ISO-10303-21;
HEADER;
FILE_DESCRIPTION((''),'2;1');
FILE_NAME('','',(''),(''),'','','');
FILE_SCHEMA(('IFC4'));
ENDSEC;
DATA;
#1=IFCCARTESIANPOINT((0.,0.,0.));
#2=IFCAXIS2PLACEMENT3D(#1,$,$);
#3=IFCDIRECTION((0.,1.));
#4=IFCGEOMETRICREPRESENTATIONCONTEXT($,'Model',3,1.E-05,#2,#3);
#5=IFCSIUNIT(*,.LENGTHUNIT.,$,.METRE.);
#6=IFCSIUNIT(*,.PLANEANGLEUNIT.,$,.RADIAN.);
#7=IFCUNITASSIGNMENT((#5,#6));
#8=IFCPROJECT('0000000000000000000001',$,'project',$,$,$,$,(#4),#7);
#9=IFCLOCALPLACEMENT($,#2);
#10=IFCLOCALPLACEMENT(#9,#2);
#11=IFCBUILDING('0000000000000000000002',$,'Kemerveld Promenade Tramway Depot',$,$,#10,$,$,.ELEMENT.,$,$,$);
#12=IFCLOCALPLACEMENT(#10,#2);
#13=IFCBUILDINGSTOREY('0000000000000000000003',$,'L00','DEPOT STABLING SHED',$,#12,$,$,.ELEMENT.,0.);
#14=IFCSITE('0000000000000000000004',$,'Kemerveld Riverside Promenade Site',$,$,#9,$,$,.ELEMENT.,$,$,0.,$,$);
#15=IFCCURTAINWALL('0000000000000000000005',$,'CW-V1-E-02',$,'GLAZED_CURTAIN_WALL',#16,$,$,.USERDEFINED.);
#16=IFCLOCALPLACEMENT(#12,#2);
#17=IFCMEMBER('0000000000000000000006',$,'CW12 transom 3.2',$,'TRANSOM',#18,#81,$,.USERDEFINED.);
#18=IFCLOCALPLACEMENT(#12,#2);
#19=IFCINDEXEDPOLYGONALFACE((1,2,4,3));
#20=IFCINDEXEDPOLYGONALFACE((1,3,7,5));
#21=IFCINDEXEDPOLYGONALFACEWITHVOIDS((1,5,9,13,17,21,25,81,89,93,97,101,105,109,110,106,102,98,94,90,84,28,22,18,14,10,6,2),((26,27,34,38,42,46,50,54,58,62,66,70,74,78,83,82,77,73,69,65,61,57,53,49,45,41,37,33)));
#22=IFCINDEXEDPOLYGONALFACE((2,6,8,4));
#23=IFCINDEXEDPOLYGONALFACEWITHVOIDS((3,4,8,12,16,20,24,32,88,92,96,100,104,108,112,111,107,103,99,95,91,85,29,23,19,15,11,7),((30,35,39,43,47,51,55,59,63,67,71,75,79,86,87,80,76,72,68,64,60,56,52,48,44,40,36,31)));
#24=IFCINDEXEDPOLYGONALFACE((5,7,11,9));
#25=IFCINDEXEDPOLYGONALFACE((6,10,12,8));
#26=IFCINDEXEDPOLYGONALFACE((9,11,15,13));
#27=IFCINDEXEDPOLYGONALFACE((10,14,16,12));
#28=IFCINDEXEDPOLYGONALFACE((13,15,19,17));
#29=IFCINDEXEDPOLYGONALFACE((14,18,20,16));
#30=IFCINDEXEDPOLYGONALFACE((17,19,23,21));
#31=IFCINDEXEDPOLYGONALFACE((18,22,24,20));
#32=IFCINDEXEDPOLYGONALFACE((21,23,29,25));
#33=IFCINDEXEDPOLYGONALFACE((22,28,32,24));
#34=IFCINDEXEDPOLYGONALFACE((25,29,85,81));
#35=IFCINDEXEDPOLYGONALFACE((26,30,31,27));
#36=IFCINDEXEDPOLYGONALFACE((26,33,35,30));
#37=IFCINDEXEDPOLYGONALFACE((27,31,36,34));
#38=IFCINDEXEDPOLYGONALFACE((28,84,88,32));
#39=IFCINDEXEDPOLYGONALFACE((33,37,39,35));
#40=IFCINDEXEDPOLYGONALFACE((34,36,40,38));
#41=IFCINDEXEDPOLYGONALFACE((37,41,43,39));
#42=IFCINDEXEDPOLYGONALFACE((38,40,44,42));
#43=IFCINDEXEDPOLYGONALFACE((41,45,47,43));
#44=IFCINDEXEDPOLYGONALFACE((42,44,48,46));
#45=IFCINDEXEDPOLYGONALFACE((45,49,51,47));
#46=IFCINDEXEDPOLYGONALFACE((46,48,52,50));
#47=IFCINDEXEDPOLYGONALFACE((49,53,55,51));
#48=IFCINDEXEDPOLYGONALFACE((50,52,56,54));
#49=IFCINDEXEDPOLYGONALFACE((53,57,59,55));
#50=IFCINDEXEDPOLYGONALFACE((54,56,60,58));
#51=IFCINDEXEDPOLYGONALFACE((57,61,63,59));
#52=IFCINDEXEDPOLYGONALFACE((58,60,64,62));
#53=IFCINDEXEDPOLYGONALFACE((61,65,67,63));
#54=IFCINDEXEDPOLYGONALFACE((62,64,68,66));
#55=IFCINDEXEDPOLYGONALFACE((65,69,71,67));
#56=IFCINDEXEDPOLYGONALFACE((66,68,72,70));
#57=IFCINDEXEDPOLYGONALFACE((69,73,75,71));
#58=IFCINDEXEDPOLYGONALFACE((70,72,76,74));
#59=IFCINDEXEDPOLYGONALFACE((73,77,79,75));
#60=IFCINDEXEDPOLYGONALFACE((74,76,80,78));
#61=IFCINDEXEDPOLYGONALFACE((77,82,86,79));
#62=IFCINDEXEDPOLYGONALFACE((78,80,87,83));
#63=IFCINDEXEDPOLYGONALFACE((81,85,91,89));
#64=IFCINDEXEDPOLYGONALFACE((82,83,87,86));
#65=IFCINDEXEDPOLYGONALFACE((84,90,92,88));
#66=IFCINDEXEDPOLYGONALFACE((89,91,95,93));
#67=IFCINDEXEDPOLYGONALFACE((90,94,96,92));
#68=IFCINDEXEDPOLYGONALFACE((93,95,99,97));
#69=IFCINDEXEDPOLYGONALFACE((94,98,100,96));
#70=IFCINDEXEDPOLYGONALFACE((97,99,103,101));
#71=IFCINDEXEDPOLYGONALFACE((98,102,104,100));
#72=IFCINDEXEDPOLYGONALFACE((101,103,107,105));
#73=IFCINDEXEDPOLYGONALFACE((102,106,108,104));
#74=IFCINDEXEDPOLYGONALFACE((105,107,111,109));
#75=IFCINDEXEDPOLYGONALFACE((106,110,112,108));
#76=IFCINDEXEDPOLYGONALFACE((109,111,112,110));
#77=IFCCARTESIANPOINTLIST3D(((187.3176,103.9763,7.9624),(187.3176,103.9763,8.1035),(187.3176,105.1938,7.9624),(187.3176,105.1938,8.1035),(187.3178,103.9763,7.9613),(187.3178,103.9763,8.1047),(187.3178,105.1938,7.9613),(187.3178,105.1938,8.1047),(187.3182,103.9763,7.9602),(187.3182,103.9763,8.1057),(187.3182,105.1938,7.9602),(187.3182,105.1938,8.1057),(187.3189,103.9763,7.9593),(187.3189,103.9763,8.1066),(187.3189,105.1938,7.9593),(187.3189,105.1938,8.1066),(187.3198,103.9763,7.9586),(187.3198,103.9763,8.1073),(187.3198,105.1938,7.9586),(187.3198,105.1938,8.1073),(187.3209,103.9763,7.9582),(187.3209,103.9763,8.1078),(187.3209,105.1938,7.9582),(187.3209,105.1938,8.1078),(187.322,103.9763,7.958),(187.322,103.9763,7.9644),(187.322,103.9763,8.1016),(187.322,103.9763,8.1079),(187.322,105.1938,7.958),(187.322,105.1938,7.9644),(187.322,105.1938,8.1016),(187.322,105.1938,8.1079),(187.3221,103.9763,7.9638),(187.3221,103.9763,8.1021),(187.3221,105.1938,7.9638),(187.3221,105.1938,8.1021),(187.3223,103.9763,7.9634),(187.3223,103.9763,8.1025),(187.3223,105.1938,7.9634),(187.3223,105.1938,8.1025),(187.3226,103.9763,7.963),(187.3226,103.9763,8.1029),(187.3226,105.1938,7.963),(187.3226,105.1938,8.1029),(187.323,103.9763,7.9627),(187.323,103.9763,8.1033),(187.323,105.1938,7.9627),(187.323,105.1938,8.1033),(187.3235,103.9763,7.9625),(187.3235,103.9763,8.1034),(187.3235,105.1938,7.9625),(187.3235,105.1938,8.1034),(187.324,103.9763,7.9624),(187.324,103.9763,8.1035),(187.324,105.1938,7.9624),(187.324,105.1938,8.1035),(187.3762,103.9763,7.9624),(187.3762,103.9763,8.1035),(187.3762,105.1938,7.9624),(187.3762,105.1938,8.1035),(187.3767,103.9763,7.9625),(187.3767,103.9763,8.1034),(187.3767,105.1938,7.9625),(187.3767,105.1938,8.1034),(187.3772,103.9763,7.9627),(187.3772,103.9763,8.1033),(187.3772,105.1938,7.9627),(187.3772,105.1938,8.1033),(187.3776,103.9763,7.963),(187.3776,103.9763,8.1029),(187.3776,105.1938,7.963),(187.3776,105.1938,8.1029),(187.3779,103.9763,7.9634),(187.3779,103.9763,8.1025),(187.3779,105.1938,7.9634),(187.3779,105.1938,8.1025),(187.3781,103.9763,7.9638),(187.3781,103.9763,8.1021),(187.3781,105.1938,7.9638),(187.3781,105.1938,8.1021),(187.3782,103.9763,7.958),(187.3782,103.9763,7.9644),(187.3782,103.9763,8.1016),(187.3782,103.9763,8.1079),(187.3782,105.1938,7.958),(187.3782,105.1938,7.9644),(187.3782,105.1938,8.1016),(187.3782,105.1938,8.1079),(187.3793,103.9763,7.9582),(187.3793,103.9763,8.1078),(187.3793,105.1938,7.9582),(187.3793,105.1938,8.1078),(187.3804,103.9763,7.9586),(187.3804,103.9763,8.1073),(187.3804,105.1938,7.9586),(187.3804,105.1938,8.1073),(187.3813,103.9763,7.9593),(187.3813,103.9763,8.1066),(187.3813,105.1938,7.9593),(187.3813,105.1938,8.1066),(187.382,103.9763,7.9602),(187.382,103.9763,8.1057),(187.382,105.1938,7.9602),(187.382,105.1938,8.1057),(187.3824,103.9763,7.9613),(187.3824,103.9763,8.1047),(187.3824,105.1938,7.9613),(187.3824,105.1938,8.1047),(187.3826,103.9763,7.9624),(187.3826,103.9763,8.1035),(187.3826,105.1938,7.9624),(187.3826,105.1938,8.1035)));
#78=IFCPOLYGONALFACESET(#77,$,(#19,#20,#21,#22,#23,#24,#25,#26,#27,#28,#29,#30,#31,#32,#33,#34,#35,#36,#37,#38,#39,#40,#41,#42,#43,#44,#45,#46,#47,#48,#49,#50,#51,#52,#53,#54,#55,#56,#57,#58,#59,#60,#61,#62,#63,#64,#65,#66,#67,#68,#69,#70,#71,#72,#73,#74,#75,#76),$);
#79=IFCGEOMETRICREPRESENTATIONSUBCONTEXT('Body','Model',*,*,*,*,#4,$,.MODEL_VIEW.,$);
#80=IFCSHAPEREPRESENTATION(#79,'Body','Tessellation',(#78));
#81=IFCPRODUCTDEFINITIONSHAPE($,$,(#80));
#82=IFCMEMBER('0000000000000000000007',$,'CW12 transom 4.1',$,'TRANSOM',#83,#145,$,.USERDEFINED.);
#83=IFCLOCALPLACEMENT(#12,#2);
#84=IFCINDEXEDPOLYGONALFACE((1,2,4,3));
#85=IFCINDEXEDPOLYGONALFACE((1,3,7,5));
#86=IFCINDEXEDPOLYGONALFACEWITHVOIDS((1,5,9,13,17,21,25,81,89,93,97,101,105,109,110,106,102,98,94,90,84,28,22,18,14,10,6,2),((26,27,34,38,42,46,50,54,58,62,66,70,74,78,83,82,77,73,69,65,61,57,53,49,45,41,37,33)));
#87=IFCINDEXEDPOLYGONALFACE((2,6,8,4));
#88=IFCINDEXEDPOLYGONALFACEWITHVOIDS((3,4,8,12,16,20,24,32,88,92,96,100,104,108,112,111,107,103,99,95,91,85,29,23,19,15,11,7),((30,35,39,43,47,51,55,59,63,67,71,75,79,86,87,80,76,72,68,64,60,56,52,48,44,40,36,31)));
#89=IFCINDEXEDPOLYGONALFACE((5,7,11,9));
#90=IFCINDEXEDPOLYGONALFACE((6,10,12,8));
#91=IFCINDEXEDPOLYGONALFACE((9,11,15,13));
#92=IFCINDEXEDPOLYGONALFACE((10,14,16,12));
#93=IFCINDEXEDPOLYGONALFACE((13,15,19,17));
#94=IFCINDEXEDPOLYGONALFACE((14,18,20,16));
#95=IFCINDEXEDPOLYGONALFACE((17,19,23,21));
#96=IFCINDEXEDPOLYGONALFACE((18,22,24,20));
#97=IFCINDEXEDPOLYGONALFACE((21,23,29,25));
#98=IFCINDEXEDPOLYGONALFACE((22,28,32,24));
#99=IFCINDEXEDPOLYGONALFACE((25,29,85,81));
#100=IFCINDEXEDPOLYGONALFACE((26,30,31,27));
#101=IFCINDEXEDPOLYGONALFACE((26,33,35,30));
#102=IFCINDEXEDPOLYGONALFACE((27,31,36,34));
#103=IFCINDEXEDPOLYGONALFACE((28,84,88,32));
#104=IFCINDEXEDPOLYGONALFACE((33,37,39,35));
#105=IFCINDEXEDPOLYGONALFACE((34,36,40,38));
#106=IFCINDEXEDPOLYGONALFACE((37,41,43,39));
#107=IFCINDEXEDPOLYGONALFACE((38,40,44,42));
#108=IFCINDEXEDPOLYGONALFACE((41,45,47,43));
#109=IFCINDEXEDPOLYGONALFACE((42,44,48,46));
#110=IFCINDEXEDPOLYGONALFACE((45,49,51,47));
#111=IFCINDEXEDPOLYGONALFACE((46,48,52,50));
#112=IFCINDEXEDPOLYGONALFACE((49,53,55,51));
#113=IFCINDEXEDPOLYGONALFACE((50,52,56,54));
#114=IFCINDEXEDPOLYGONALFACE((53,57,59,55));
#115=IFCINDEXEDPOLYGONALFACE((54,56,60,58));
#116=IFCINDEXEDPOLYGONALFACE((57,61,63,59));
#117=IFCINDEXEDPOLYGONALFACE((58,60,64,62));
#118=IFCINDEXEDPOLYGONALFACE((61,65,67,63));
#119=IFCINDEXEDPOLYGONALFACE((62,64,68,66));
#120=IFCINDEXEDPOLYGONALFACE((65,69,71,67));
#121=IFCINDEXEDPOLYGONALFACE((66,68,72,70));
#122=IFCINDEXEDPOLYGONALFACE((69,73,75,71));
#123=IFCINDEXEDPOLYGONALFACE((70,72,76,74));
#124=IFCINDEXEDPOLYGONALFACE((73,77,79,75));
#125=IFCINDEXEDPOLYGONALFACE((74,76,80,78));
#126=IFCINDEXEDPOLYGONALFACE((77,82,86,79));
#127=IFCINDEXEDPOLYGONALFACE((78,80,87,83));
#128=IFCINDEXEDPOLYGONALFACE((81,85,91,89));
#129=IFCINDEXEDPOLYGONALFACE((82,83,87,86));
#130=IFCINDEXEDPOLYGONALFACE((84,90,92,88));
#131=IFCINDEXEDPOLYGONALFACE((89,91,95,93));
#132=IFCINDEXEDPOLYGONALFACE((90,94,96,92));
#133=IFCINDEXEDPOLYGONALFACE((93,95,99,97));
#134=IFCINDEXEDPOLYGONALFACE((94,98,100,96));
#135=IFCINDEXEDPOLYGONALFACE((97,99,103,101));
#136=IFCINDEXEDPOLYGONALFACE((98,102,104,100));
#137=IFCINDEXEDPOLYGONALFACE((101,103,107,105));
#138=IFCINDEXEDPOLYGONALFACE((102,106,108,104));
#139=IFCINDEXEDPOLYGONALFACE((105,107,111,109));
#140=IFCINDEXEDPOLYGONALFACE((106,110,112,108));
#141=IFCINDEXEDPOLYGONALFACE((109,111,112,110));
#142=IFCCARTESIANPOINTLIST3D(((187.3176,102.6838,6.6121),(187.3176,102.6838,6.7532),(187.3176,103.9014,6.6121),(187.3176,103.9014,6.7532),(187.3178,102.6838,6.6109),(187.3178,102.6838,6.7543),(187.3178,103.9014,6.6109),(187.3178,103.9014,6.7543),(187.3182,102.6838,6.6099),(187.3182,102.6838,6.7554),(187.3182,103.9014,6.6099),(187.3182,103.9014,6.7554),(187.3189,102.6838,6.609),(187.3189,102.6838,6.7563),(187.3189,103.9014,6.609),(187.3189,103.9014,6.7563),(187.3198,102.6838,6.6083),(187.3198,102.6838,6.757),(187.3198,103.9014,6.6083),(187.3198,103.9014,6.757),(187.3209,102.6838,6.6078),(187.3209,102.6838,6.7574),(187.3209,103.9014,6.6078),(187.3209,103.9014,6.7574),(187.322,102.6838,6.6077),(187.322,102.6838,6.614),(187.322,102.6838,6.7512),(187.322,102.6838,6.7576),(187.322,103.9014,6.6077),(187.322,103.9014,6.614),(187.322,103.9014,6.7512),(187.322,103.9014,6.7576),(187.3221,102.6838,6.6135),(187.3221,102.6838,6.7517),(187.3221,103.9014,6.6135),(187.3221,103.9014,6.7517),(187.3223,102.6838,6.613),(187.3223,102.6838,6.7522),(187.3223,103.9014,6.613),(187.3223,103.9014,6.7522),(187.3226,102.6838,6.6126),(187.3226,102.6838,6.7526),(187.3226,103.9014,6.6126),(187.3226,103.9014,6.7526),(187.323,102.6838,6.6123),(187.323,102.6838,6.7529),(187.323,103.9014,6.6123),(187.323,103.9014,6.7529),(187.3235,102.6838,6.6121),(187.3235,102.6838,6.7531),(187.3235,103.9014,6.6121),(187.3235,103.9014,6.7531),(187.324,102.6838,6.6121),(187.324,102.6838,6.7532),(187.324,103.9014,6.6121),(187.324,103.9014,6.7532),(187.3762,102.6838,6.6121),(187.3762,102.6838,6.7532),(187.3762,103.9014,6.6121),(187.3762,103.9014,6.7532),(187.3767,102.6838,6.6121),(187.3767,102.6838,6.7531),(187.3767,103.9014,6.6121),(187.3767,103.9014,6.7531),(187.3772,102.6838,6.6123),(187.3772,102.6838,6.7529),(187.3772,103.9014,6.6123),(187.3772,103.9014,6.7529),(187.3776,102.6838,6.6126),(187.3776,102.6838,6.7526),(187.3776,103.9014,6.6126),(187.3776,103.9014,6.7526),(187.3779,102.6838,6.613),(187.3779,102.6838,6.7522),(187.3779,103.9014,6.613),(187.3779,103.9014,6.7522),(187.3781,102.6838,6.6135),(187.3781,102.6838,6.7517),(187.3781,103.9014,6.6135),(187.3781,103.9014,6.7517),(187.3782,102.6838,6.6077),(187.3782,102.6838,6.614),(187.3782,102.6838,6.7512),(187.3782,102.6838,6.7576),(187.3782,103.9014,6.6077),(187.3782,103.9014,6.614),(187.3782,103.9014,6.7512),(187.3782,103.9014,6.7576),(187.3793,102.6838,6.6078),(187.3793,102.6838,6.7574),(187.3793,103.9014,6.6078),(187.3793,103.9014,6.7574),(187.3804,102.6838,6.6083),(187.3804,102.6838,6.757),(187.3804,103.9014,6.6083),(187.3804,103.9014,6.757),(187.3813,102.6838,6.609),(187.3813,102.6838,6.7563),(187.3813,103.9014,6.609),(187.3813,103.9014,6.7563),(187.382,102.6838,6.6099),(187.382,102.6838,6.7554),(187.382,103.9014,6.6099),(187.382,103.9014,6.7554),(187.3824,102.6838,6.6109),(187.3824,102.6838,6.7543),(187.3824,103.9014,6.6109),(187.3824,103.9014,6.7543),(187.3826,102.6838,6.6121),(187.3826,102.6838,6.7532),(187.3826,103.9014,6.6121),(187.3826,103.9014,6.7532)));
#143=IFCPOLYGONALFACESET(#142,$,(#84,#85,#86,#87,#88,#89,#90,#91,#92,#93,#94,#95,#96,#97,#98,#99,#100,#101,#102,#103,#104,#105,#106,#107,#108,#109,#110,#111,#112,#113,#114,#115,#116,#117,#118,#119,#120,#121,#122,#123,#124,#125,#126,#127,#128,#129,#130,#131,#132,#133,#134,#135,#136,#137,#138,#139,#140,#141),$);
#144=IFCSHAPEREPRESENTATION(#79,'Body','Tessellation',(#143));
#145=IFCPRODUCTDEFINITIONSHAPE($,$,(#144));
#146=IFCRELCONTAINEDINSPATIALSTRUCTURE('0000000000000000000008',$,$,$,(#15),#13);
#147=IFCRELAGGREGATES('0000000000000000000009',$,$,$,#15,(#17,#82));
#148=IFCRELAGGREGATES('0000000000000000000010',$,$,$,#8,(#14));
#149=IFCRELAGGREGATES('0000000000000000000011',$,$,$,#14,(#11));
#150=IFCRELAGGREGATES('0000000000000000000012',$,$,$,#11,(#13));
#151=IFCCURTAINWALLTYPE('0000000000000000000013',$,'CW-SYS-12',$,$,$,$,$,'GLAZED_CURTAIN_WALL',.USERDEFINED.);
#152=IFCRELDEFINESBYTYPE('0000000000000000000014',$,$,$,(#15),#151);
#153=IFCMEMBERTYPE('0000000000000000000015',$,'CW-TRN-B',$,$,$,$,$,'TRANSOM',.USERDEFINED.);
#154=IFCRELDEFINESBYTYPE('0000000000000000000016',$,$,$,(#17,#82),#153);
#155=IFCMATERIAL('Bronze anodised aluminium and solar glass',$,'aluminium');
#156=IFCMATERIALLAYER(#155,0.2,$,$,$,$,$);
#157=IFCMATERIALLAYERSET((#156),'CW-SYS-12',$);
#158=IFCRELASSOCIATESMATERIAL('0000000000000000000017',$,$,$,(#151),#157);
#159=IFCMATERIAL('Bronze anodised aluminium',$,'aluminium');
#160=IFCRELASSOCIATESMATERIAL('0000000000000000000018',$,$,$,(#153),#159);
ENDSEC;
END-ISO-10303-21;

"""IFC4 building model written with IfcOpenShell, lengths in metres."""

from ifc_helpers import new_model, si_unit, direction, frame, origin, origin_2d, place, context, subcontext, project, spatial, hollow_rectangle, extrude, material, layer, layer_set, material_profile, profile_set, type_object, element, aggregate, save


model = new_model("IFC4")

# Units and contexts
model_context = context("Model", 3, precision=1e-05, world=origin(), true_north=direction((0.0, 1.0)))
body_context = subcontext(model_context, "Body", "Model", "MODEL_VIEW")
ifc_project = project(units=[si_unit("LENGTHUNIT", "METRE"), si_unit("PLANEANGLEUNIT", "RADIAN")], contexts=[model_context])

# Site, building, storey
site_placement = place(None, origin())
site = spatial("IfcSite", under=ifc_project, at=site_placement, Name="Kemerveld Riverside Promenade Site", CompositionType="ELEMENT", RefElevation=0.0)
building_placement = place(site_placement, origin())
building = spatial("IfcBuilding", under=site, at=building_placement, Name="Kemerveld Promenade Tramway Depot", CompositionType="ELEMENT")
storey_placement = place(building_placement, origin())
storey = spatial("IfcBuildingStorey", under=building, at=storey_placement, Name="L00", Description="DEPOT STABLING SHED", CompositionType="ELEMENT", Elevation=0.0)

# Curtain wall, members
ifc_material_1 = material(Name="Bronze anodised aluminium and solar glass", Category="aluminium")
ifc_layer_1 = layer(ifc_material_1, 0.2)
ifc_layer_set_1 = layer_set([ifc_layer_1], Name="CW-SYS-12")
curtain_wall_type = type_object("IfcCurtainWallType", Name="CW-SYS-12", ElementType="GLAZED_CURTAIN_WALL", PredefinedType="USERDEFINED", material=ifc_layer_set_1)
curtain_wall_placement = place(storey_placement, origin())
curtain_wall = element("IfcCurtainWall", 1, at=curtain_wall_placement, inside=storey, type_object=curtain_wall_type, Name="CW-V1-E-02", ObjectType="GLAZED_CURTAIN_WALL", PredefinedType="USERDEFINED")
ifc_material_2 = material(Name="Bronze anodised aluminium", Category="aluminium")
ifc_material_profile_1 = material_profile(ifc_material_2, hollow_rectangle(XDim=0.0649, YDim=0.1499, WallThickness=0.0044, InnerFilletRadius=0.002, OuterFilletRadius=0.0044, at=origin_2d()), Name="CW-TRN-150x65")
ifc_profile_set_1 = profile_set([ifc_material_profile_1], Name="Bronze anodised aluminium")
member_type_1 = type_object("IfcMemberType", Name="CW-TRN-B", ElementType="TRANSOM", PredefinedType="USERDEFINED", material=ifc_profile_set_1)
member_1_placement = place(storey_placement, frame((187.3501, 105.1938, 8.033), z_axis=(0.0, -1.0, 0.0), x_axis=(1.0, 0.0, 0.0)))
member_1 = element("IfcMember", 2, at=member_1_placement, type_object=member_type_1, Name="CW12 transom 3.2", ObjectType="TRANSOM", PredefinedType="USERDEFINED", context=body_context, shape_type="SweptSolid", body=[
    extrude(hollow_rectangle(XDim=0.0649, YDim=0.1499, WallThickness=0.0044, InnerFilletRadius=0.002, OuterFilletRadius=0.0044, at=origin_2d()), origin(), (0.0, 0.0, 1.0), 1.2175),
])
member_2_placement = place(storey_placement, frame((187.3501, 103.9014, 6.6826), z_axis=(0.0, -1.0, 0.0), x_axis=(1.0, 0.0, 0.0)))
member_2 = element("IfcMember", 3, at=member_2_placement, type_object=member_type_1, Name="CW12 transom 4.1", ObjectType="TRANSOM", PredefinedType="USERDEFINED", context=body_context, shape_type="SweptSolid", body=[
    extrude(hollow_rectangle(XDim=0.0649, YDim=0.1499, WallThickness=0.0044, InnerFilletRadius=0.002, OuterFilletRadius=0.0044, at=origin_2d()), origin(), (0.0, 0.0, 1.0), 1.2175),
])
aggregate(curtain_wall, [member_1, member_2])

save(model, "model.ifc")
